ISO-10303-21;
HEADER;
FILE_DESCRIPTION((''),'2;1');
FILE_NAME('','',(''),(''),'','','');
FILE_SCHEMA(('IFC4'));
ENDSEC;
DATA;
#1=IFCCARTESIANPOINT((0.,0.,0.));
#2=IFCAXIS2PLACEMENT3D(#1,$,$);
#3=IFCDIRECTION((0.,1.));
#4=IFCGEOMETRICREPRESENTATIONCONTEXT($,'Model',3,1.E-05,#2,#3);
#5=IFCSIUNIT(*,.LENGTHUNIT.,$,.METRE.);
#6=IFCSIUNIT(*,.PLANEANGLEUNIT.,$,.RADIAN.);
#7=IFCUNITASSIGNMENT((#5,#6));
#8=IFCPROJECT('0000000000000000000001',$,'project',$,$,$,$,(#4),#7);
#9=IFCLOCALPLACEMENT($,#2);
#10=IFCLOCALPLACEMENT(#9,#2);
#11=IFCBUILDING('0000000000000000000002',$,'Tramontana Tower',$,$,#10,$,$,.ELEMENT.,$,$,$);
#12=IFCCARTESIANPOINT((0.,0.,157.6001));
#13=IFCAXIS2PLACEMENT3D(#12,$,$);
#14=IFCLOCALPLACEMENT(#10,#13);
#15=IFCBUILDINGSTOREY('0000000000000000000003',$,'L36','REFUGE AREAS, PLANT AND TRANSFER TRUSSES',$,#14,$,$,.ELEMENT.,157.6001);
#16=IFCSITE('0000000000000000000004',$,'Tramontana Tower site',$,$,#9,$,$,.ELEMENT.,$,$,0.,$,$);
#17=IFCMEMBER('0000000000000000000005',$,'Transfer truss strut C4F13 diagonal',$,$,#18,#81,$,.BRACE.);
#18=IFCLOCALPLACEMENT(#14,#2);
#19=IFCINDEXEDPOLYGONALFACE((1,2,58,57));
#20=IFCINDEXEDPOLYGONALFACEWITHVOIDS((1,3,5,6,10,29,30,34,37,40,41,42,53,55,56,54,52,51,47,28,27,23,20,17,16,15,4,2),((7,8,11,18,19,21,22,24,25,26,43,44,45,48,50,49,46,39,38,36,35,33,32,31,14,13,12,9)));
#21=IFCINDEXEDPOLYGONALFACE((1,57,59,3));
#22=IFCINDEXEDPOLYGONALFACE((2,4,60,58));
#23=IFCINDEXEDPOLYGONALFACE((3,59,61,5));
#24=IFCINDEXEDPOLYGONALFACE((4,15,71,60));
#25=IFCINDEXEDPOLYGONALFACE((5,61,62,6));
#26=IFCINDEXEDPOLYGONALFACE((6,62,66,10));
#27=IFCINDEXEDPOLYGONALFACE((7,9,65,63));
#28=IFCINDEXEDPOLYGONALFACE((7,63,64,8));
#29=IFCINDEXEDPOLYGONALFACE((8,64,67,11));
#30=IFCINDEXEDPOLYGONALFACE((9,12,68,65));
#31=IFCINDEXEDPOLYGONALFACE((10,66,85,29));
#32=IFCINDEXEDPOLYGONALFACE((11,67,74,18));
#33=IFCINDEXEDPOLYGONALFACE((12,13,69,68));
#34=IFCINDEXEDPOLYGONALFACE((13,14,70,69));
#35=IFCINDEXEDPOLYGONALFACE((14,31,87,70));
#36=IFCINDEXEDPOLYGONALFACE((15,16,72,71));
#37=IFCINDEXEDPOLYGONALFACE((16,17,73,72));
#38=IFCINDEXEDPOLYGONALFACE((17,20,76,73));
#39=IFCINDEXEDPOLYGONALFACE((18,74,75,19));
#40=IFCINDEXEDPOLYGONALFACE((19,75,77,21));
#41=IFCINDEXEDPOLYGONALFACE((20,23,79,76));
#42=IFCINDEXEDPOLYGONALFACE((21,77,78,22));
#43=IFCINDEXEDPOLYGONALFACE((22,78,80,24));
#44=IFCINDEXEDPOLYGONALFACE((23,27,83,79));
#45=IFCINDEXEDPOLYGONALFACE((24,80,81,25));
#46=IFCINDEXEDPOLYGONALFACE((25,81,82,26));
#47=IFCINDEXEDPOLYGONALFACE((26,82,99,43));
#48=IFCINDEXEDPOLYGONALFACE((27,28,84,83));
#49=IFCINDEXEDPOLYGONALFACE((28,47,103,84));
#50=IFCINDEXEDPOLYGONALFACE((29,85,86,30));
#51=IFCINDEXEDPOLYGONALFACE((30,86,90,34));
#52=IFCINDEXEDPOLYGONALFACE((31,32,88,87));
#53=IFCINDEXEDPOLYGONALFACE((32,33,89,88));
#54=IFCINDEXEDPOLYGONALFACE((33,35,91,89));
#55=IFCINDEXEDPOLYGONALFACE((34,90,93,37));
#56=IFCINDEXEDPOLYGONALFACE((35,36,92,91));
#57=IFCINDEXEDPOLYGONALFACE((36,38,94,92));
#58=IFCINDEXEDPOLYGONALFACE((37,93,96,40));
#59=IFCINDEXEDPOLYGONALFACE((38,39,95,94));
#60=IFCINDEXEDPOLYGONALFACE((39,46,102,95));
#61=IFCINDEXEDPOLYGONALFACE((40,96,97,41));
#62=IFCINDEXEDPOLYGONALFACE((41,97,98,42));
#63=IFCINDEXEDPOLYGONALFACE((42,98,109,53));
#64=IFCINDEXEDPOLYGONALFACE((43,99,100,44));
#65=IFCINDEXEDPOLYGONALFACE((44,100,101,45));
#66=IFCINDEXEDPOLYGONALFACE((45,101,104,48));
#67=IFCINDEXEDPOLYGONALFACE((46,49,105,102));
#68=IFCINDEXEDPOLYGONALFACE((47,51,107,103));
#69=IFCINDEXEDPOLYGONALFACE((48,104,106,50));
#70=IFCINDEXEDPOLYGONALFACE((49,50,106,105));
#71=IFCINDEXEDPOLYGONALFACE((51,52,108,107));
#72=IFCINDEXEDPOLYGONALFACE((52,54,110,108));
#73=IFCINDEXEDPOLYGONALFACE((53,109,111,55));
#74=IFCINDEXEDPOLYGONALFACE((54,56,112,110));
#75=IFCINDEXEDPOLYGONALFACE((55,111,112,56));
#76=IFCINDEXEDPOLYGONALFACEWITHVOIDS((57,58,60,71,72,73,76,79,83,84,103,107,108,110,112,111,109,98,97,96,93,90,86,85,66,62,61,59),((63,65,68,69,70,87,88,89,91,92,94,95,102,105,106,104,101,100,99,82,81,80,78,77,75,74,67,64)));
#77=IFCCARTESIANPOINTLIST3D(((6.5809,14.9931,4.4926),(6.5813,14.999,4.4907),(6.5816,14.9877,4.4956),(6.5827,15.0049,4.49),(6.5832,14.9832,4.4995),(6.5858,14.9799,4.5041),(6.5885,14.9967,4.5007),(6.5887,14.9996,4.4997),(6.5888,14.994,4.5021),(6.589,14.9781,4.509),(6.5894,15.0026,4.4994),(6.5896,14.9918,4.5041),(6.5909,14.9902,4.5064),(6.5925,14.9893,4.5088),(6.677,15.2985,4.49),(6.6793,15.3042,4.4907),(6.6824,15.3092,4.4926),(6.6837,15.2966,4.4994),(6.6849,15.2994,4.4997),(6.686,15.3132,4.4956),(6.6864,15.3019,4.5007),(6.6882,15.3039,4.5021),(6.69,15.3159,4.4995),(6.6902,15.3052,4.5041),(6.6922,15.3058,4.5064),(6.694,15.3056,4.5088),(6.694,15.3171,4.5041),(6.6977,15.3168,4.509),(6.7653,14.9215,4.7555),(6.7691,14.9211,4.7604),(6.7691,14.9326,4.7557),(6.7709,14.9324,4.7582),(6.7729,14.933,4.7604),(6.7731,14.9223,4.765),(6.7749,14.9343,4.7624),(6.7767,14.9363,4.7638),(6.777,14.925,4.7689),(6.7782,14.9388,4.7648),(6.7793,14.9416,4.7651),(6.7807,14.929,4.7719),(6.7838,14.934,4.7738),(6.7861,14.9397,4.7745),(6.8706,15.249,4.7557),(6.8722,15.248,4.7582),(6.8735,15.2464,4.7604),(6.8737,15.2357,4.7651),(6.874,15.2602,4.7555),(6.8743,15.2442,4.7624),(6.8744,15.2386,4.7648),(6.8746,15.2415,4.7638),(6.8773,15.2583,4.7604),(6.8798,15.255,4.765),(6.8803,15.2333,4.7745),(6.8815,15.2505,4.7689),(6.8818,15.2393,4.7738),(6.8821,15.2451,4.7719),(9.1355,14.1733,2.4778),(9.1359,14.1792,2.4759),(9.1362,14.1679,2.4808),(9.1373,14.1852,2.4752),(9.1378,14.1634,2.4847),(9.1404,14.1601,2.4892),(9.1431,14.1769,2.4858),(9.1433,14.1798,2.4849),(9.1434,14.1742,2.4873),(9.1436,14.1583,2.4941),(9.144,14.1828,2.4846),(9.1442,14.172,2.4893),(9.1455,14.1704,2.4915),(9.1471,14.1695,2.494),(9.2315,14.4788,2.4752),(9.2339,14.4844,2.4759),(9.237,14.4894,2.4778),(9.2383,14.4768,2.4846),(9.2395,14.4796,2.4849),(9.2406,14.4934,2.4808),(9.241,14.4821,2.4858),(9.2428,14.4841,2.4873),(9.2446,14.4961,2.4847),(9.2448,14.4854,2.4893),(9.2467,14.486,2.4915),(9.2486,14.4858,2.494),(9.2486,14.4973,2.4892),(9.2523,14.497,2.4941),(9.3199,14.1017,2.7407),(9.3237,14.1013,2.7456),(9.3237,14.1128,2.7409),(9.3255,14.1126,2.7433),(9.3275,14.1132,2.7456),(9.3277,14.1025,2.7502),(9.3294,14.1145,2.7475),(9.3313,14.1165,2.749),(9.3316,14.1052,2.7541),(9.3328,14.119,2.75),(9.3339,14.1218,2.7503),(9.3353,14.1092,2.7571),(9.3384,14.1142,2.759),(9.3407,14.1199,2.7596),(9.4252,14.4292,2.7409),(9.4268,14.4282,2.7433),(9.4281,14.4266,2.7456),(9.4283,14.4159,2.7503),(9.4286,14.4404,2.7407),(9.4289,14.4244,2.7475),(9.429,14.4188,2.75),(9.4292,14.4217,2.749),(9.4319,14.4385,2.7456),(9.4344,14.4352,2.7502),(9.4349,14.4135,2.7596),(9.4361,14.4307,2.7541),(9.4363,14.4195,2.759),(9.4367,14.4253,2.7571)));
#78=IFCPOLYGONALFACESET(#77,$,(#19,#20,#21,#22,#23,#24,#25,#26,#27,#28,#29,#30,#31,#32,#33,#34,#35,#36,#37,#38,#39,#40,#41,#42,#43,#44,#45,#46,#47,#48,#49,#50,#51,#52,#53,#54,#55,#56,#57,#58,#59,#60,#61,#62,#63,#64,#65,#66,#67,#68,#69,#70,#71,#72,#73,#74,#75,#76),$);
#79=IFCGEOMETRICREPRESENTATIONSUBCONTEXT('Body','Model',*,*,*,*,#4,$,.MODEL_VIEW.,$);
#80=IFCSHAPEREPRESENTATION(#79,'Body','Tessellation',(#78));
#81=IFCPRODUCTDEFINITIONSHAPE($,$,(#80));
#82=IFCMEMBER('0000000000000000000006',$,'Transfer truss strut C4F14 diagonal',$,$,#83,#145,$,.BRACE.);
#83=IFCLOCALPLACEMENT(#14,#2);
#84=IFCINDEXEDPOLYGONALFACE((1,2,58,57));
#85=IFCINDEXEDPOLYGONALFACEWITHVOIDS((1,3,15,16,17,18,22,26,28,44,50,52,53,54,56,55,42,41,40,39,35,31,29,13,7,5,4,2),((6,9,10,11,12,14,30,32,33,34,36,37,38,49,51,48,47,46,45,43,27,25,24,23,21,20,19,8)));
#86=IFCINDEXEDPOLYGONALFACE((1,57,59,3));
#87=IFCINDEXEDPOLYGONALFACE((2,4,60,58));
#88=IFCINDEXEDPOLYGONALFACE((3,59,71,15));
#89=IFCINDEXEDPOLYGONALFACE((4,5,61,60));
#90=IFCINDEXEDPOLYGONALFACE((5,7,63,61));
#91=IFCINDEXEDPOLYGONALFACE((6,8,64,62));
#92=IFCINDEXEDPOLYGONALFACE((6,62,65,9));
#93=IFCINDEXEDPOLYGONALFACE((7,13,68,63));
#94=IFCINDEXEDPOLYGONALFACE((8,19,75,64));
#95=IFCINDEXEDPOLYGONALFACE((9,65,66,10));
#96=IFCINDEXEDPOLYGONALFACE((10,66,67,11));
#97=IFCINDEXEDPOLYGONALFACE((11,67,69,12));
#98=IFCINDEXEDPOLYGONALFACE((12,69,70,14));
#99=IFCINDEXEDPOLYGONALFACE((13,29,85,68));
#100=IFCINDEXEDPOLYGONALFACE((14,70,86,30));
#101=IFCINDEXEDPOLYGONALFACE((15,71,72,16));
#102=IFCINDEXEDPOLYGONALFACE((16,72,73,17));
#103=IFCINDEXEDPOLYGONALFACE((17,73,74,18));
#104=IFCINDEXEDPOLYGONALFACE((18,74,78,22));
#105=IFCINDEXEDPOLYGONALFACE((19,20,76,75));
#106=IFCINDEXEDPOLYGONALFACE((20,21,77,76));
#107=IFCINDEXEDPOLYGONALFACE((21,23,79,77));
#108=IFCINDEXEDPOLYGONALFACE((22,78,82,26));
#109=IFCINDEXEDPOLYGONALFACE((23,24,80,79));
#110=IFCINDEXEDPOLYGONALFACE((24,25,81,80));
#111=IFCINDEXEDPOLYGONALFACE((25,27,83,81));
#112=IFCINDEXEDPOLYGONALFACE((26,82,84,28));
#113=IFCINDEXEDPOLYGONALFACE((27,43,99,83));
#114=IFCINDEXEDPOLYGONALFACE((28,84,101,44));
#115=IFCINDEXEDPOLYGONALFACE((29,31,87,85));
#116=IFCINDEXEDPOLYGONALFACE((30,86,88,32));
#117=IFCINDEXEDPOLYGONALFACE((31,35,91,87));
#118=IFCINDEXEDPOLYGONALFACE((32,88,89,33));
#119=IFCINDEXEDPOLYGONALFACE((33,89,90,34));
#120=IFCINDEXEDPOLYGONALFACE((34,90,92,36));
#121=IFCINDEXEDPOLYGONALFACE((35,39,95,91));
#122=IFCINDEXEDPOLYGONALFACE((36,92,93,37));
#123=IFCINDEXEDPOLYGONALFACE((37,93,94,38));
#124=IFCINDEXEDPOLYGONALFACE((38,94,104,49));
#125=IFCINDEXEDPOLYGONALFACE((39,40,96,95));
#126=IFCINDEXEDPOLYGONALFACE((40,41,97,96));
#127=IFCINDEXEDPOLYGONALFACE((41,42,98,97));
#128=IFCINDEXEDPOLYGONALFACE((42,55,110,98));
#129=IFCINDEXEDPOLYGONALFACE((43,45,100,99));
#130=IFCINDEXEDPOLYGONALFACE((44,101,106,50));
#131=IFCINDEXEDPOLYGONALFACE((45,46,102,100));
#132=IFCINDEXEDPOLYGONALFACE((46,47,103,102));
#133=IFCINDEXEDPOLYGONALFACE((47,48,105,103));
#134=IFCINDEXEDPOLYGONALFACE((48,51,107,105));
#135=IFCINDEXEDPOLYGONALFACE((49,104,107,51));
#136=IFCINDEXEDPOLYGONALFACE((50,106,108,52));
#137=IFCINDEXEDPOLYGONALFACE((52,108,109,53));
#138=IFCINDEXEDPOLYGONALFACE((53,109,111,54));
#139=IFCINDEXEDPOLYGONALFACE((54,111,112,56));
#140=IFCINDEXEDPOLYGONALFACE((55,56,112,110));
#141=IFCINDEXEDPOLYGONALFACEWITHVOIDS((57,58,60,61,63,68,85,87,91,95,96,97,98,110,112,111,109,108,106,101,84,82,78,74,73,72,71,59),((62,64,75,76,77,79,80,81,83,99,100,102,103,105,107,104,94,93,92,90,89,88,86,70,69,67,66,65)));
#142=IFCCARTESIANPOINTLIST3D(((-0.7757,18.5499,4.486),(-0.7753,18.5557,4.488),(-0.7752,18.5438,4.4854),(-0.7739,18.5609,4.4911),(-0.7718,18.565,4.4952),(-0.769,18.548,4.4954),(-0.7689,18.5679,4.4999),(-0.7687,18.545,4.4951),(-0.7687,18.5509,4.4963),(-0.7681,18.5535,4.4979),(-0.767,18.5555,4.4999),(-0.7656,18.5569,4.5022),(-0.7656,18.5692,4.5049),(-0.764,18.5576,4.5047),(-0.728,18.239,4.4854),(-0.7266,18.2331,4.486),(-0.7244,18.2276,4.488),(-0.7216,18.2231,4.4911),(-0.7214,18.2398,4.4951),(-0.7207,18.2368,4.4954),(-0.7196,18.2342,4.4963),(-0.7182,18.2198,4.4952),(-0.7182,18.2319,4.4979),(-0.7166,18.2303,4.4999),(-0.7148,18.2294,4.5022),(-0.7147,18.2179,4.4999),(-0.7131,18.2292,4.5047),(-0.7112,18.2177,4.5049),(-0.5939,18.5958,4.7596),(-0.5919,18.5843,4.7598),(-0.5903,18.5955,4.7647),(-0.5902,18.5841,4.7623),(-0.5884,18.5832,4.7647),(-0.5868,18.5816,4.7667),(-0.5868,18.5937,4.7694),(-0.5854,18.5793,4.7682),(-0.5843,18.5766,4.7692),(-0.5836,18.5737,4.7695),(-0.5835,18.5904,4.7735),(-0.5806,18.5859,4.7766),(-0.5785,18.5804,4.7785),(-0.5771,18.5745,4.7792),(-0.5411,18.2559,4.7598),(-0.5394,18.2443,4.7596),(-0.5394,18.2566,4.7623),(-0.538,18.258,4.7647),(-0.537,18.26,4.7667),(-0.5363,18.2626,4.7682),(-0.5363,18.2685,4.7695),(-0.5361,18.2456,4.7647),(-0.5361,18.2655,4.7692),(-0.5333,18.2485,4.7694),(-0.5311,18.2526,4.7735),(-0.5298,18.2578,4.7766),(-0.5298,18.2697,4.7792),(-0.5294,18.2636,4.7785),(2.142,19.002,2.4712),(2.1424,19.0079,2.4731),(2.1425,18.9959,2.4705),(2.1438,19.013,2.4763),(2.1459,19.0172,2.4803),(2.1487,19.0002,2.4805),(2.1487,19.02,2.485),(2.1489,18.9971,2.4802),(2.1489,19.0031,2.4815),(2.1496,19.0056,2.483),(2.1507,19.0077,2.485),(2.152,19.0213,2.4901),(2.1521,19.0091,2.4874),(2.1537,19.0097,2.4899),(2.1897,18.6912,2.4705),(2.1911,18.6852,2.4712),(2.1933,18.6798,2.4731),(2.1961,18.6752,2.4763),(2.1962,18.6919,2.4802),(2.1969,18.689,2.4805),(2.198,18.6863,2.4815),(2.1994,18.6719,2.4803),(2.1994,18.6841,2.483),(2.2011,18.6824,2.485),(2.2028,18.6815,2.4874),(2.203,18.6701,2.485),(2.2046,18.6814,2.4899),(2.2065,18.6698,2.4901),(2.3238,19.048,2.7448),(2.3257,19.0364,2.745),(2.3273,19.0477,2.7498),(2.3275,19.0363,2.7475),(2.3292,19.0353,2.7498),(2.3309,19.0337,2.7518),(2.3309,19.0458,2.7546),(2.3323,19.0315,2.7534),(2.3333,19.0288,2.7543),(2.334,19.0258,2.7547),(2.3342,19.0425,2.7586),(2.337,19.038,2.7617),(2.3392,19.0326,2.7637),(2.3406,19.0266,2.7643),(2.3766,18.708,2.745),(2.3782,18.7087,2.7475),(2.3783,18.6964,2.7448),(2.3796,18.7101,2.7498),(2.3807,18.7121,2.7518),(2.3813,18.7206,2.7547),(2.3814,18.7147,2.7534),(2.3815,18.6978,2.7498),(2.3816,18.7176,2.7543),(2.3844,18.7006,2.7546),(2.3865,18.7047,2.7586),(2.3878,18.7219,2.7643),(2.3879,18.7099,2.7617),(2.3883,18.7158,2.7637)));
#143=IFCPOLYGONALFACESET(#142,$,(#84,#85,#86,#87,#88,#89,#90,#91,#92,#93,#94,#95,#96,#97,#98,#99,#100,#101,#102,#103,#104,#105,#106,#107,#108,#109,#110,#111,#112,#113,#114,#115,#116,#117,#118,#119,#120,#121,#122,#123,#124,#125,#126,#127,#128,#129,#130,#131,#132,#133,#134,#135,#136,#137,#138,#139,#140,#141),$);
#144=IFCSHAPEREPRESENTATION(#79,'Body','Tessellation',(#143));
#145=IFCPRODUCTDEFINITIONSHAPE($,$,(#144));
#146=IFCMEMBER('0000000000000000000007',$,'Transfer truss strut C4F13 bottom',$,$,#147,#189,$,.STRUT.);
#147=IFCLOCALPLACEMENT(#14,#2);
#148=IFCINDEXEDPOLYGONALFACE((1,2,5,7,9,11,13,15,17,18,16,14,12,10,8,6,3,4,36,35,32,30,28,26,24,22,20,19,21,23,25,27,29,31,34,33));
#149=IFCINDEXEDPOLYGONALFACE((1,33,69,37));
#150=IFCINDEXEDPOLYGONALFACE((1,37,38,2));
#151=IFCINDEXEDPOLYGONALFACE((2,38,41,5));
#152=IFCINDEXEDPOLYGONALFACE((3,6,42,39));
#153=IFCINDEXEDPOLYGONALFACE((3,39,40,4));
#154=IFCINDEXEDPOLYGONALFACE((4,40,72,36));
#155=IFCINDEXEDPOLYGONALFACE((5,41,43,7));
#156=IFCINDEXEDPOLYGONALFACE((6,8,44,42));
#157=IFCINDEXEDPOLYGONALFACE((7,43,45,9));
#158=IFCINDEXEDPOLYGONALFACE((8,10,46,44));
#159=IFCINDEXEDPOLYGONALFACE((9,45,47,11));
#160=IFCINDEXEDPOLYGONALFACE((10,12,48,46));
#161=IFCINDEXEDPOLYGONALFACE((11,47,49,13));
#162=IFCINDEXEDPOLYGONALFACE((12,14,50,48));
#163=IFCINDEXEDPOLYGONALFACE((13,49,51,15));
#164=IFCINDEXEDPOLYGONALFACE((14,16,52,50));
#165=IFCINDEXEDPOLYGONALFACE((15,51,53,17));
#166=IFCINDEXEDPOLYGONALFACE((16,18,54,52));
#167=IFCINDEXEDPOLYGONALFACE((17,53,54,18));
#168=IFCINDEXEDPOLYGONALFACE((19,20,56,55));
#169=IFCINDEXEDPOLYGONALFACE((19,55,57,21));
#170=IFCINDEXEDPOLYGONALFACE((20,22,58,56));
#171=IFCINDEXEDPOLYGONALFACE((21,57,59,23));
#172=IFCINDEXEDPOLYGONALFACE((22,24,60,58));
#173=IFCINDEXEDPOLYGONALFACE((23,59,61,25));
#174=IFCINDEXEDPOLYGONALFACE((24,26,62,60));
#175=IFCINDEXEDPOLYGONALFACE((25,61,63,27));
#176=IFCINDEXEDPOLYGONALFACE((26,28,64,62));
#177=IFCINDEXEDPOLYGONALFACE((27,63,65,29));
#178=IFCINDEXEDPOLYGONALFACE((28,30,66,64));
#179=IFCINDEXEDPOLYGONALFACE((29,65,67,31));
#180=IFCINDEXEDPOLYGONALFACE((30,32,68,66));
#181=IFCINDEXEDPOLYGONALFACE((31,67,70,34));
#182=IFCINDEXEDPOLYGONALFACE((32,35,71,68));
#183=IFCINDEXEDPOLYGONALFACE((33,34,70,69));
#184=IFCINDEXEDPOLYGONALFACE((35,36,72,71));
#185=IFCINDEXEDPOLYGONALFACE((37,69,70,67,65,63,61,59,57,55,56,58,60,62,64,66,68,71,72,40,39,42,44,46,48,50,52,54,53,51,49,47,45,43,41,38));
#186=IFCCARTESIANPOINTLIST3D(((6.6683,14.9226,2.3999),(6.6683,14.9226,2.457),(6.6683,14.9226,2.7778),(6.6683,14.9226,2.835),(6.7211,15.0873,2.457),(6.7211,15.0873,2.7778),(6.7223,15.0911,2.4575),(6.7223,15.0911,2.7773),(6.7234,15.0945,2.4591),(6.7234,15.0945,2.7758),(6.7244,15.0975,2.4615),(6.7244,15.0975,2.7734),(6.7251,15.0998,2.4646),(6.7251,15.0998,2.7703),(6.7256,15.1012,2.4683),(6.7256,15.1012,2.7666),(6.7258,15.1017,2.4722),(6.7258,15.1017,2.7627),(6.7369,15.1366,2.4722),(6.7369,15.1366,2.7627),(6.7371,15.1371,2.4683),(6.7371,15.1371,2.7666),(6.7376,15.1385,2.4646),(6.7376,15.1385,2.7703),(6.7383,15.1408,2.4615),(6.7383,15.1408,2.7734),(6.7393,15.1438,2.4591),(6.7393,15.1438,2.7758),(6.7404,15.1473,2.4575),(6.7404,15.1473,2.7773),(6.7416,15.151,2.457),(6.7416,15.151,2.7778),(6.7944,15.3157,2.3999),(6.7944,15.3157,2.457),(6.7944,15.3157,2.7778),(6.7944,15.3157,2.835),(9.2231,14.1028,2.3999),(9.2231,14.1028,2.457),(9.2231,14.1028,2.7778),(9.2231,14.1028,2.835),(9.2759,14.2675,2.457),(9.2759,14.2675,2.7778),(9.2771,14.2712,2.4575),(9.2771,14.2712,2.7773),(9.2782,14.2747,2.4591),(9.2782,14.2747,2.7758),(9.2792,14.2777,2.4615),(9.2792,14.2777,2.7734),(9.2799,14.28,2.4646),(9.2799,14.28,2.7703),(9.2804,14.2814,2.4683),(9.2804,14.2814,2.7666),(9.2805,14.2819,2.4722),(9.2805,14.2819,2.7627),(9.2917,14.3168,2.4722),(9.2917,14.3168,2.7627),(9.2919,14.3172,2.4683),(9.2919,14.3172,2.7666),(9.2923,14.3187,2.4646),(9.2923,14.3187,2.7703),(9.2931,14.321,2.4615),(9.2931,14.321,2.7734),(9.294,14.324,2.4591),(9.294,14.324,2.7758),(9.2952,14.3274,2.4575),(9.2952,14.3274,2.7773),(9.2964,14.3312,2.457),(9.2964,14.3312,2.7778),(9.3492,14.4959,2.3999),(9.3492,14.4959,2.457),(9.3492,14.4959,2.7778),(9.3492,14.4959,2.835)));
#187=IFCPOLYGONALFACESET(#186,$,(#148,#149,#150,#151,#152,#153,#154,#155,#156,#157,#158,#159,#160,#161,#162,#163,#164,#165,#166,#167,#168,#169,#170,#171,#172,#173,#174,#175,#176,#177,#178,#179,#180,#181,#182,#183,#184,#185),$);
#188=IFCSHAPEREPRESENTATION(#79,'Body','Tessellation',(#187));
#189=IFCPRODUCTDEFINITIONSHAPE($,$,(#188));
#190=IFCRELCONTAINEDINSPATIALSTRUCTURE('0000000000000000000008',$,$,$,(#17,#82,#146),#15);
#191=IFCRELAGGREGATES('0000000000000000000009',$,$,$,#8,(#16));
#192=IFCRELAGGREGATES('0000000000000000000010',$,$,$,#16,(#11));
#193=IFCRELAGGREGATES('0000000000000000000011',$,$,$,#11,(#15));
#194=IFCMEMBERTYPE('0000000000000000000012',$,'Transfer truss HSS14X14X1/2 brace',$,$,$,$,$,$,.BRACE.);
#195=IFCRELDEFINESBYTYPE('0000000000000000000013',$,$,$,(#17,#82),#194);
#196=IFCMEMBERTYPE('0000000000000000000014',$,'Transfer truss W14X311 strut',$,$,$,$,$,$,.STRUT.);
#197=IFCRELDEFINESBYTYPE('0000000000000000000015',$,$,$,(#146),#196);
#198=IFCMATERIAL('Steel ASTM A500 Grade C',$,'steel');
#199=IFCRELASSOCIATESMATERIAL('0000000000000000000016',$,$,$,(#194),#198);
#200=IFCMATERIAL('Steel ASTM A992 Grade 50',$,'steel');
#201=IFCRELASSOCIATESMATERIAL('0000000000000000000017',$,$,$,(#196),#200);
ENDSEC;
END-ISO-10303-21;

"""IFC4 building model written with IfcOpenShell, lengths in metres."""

from ifc_helpers import new_model, si_unit, direction, frame, origin, origin_2d, place, context, subcontext, project, spatial, hollow_rectangle, i_section, extrude, material, material_profile, profile_set, type_object, element, save


model = new_model("IFC4")

# Units and contexts
model_context = context("Model", 3, precision=1e-05, world=origin(), true_north=direction((0.0, 1.0)))
body_context = subcontext(model_context, "Body", "Model", "MODEL_VIEW")
ifc_project = project(units=[si_unit("LENGTHUNIT", "METRE"), si_unit("PLANEANGLEUNIT", "RADIAN")], contexts=[model_context])

# Site, building, storey
site_placement = place(None, origin())
site = spatial("IfcSite", under=ifc_project, at=site_placement, Name="Tramontana Tower site", CompositionType="ELEMENT", RefElevation=0.0)
building_placement = place(site_placement, origin())
building = spatial("IfcBuilding", under=site, at=building_placement, Name="Tramontana Tower", CompositionType="ELEMENT")
storey_placement = place(building_placement, frame((0.0, 0.0, 157.6001)))
storey = spatial("IfcBuildingStorey", under=building, at=storey_placement, Name="L36", Description="REFUGE AREAS, PLANT AND TRANSFER TRUSSES", CompositionType="ELEMENT", Elevation=157.6001)

# Members
ifc_material_1 = material(Name="Steel ASTM A500 Grade C", Category="steel")
ifc_material_profile_1 = material_profile(ifc_material_1, hollow_rectangle(XDim=0.3557, YDim=0.3557, WallThickness=0.0117, InnerFilletRadius=0.0117, OuterFilletRadius=0.0237, at=origin_2d()), Name="HSS14X14X1/2")
ifc_profile_set_1 = profile_set([ifc_material_profile_1], Name="Steel ASTM A500 Grade C")
member_type_1 = type_object("IfcMemberType", Name="Transfer truss HSS14X14X1/2 brace", PredefinedType="BRACE", material=ifc_profile_set_1)
member_1_placement = place(storey_placement, frame((9.2861, 14.2993, 2.6174), z_axis=(-0.761379, 0.244334, 0.600503), x_axis=(-0.305561, -0.952172, 0.0)))
element("IfcMember", 1, at=member_1_placement, inside=storey, type_object=member_type_1, Name="Transfer truss strut C4F13 diagonal", PredefinedType="BRACE", context=body_context, shape_type="SweptSolid", body=[
    extrude(hollow_rectangle(XDim=0.3557, YDim=0.3557, WallThickness=0.0117, InnerFilletRadius=0.0117, OuterFilletRadius=0.0237, at=origin_2d()), origin(), (0.0, 0.0, 1.0), 3.3552),
])
member_2_placement = place(storey_placement, frame((2.2651, 18.8589, 2.6174), z_axis=(-0.816251, -0.126491, 0.563679), x_axis=(0.153138, -0.988205, 0.0)))
element("IfcMember", 2, at=member_2_placement, inside=storey, type_object=member_type_1, Name="Transfer truss strut C4F14 diagonal", PredefinedType="BRACE", context=body_context, shape_type="SweptSolid", body=[
    extrude(hollow_rectangle(XDim=0.3557, YDim=0.3557, WallThickness=0.0117, InnerFilletRadius=0.0117, OuterFilletRadius=0.0237, at=origin_2d()), origin(), (0.0, 0.0, 1.0), 3.5745),
])
ifc_material_2 = material(Name="Steel ASTM A992 Grade 50", Category="steel")
ifc_material_profile_2 = material_profile(ifc_material_2, i_section(OverallWidth=0.4128, OverallDepth=0.4351, WebThickness=0.0366, FlangeThickness=0.0571, FilletRadius=0.0151, at=origin_2d()), Name="W14X311")
ifc_profile_set_2 = profile_set([ifc_material_profile_2], Name="Steel ASTM A992 Grade 50")
member_type_2 = type_object("IfcMemberType", Name="Transfer truss W14X311 strut", PredefinedType="STRUT", material=ifc_profile_set_2)
member_3_placement = place(storey_placement, frame((9.2861, 14.2993, 2.6174), z_axis=(-0.952172, 0.305561, 0.0), x_axis=(-0.305561, -0.952172, 0.0)))
element("IfcMember", 3, at=member_3_placement, inside=storey, type_object=member_type_2, Name="Transfer truss strut C4F13 bottom", PredefinedType="STRUT", context=body_context, shape_type="SweptSolid", body=[
    extrude(i_section(OverallWidth=0.4128, OverallDepth=0.4351, WebThickness=0.0366, FlangeThickness=0.0571, FilletRadius=0.0151, at=origin_2d()), origin(), (0.0, 0.0, 1.0), 2.6831),
])

save(model, "model.ifc")
